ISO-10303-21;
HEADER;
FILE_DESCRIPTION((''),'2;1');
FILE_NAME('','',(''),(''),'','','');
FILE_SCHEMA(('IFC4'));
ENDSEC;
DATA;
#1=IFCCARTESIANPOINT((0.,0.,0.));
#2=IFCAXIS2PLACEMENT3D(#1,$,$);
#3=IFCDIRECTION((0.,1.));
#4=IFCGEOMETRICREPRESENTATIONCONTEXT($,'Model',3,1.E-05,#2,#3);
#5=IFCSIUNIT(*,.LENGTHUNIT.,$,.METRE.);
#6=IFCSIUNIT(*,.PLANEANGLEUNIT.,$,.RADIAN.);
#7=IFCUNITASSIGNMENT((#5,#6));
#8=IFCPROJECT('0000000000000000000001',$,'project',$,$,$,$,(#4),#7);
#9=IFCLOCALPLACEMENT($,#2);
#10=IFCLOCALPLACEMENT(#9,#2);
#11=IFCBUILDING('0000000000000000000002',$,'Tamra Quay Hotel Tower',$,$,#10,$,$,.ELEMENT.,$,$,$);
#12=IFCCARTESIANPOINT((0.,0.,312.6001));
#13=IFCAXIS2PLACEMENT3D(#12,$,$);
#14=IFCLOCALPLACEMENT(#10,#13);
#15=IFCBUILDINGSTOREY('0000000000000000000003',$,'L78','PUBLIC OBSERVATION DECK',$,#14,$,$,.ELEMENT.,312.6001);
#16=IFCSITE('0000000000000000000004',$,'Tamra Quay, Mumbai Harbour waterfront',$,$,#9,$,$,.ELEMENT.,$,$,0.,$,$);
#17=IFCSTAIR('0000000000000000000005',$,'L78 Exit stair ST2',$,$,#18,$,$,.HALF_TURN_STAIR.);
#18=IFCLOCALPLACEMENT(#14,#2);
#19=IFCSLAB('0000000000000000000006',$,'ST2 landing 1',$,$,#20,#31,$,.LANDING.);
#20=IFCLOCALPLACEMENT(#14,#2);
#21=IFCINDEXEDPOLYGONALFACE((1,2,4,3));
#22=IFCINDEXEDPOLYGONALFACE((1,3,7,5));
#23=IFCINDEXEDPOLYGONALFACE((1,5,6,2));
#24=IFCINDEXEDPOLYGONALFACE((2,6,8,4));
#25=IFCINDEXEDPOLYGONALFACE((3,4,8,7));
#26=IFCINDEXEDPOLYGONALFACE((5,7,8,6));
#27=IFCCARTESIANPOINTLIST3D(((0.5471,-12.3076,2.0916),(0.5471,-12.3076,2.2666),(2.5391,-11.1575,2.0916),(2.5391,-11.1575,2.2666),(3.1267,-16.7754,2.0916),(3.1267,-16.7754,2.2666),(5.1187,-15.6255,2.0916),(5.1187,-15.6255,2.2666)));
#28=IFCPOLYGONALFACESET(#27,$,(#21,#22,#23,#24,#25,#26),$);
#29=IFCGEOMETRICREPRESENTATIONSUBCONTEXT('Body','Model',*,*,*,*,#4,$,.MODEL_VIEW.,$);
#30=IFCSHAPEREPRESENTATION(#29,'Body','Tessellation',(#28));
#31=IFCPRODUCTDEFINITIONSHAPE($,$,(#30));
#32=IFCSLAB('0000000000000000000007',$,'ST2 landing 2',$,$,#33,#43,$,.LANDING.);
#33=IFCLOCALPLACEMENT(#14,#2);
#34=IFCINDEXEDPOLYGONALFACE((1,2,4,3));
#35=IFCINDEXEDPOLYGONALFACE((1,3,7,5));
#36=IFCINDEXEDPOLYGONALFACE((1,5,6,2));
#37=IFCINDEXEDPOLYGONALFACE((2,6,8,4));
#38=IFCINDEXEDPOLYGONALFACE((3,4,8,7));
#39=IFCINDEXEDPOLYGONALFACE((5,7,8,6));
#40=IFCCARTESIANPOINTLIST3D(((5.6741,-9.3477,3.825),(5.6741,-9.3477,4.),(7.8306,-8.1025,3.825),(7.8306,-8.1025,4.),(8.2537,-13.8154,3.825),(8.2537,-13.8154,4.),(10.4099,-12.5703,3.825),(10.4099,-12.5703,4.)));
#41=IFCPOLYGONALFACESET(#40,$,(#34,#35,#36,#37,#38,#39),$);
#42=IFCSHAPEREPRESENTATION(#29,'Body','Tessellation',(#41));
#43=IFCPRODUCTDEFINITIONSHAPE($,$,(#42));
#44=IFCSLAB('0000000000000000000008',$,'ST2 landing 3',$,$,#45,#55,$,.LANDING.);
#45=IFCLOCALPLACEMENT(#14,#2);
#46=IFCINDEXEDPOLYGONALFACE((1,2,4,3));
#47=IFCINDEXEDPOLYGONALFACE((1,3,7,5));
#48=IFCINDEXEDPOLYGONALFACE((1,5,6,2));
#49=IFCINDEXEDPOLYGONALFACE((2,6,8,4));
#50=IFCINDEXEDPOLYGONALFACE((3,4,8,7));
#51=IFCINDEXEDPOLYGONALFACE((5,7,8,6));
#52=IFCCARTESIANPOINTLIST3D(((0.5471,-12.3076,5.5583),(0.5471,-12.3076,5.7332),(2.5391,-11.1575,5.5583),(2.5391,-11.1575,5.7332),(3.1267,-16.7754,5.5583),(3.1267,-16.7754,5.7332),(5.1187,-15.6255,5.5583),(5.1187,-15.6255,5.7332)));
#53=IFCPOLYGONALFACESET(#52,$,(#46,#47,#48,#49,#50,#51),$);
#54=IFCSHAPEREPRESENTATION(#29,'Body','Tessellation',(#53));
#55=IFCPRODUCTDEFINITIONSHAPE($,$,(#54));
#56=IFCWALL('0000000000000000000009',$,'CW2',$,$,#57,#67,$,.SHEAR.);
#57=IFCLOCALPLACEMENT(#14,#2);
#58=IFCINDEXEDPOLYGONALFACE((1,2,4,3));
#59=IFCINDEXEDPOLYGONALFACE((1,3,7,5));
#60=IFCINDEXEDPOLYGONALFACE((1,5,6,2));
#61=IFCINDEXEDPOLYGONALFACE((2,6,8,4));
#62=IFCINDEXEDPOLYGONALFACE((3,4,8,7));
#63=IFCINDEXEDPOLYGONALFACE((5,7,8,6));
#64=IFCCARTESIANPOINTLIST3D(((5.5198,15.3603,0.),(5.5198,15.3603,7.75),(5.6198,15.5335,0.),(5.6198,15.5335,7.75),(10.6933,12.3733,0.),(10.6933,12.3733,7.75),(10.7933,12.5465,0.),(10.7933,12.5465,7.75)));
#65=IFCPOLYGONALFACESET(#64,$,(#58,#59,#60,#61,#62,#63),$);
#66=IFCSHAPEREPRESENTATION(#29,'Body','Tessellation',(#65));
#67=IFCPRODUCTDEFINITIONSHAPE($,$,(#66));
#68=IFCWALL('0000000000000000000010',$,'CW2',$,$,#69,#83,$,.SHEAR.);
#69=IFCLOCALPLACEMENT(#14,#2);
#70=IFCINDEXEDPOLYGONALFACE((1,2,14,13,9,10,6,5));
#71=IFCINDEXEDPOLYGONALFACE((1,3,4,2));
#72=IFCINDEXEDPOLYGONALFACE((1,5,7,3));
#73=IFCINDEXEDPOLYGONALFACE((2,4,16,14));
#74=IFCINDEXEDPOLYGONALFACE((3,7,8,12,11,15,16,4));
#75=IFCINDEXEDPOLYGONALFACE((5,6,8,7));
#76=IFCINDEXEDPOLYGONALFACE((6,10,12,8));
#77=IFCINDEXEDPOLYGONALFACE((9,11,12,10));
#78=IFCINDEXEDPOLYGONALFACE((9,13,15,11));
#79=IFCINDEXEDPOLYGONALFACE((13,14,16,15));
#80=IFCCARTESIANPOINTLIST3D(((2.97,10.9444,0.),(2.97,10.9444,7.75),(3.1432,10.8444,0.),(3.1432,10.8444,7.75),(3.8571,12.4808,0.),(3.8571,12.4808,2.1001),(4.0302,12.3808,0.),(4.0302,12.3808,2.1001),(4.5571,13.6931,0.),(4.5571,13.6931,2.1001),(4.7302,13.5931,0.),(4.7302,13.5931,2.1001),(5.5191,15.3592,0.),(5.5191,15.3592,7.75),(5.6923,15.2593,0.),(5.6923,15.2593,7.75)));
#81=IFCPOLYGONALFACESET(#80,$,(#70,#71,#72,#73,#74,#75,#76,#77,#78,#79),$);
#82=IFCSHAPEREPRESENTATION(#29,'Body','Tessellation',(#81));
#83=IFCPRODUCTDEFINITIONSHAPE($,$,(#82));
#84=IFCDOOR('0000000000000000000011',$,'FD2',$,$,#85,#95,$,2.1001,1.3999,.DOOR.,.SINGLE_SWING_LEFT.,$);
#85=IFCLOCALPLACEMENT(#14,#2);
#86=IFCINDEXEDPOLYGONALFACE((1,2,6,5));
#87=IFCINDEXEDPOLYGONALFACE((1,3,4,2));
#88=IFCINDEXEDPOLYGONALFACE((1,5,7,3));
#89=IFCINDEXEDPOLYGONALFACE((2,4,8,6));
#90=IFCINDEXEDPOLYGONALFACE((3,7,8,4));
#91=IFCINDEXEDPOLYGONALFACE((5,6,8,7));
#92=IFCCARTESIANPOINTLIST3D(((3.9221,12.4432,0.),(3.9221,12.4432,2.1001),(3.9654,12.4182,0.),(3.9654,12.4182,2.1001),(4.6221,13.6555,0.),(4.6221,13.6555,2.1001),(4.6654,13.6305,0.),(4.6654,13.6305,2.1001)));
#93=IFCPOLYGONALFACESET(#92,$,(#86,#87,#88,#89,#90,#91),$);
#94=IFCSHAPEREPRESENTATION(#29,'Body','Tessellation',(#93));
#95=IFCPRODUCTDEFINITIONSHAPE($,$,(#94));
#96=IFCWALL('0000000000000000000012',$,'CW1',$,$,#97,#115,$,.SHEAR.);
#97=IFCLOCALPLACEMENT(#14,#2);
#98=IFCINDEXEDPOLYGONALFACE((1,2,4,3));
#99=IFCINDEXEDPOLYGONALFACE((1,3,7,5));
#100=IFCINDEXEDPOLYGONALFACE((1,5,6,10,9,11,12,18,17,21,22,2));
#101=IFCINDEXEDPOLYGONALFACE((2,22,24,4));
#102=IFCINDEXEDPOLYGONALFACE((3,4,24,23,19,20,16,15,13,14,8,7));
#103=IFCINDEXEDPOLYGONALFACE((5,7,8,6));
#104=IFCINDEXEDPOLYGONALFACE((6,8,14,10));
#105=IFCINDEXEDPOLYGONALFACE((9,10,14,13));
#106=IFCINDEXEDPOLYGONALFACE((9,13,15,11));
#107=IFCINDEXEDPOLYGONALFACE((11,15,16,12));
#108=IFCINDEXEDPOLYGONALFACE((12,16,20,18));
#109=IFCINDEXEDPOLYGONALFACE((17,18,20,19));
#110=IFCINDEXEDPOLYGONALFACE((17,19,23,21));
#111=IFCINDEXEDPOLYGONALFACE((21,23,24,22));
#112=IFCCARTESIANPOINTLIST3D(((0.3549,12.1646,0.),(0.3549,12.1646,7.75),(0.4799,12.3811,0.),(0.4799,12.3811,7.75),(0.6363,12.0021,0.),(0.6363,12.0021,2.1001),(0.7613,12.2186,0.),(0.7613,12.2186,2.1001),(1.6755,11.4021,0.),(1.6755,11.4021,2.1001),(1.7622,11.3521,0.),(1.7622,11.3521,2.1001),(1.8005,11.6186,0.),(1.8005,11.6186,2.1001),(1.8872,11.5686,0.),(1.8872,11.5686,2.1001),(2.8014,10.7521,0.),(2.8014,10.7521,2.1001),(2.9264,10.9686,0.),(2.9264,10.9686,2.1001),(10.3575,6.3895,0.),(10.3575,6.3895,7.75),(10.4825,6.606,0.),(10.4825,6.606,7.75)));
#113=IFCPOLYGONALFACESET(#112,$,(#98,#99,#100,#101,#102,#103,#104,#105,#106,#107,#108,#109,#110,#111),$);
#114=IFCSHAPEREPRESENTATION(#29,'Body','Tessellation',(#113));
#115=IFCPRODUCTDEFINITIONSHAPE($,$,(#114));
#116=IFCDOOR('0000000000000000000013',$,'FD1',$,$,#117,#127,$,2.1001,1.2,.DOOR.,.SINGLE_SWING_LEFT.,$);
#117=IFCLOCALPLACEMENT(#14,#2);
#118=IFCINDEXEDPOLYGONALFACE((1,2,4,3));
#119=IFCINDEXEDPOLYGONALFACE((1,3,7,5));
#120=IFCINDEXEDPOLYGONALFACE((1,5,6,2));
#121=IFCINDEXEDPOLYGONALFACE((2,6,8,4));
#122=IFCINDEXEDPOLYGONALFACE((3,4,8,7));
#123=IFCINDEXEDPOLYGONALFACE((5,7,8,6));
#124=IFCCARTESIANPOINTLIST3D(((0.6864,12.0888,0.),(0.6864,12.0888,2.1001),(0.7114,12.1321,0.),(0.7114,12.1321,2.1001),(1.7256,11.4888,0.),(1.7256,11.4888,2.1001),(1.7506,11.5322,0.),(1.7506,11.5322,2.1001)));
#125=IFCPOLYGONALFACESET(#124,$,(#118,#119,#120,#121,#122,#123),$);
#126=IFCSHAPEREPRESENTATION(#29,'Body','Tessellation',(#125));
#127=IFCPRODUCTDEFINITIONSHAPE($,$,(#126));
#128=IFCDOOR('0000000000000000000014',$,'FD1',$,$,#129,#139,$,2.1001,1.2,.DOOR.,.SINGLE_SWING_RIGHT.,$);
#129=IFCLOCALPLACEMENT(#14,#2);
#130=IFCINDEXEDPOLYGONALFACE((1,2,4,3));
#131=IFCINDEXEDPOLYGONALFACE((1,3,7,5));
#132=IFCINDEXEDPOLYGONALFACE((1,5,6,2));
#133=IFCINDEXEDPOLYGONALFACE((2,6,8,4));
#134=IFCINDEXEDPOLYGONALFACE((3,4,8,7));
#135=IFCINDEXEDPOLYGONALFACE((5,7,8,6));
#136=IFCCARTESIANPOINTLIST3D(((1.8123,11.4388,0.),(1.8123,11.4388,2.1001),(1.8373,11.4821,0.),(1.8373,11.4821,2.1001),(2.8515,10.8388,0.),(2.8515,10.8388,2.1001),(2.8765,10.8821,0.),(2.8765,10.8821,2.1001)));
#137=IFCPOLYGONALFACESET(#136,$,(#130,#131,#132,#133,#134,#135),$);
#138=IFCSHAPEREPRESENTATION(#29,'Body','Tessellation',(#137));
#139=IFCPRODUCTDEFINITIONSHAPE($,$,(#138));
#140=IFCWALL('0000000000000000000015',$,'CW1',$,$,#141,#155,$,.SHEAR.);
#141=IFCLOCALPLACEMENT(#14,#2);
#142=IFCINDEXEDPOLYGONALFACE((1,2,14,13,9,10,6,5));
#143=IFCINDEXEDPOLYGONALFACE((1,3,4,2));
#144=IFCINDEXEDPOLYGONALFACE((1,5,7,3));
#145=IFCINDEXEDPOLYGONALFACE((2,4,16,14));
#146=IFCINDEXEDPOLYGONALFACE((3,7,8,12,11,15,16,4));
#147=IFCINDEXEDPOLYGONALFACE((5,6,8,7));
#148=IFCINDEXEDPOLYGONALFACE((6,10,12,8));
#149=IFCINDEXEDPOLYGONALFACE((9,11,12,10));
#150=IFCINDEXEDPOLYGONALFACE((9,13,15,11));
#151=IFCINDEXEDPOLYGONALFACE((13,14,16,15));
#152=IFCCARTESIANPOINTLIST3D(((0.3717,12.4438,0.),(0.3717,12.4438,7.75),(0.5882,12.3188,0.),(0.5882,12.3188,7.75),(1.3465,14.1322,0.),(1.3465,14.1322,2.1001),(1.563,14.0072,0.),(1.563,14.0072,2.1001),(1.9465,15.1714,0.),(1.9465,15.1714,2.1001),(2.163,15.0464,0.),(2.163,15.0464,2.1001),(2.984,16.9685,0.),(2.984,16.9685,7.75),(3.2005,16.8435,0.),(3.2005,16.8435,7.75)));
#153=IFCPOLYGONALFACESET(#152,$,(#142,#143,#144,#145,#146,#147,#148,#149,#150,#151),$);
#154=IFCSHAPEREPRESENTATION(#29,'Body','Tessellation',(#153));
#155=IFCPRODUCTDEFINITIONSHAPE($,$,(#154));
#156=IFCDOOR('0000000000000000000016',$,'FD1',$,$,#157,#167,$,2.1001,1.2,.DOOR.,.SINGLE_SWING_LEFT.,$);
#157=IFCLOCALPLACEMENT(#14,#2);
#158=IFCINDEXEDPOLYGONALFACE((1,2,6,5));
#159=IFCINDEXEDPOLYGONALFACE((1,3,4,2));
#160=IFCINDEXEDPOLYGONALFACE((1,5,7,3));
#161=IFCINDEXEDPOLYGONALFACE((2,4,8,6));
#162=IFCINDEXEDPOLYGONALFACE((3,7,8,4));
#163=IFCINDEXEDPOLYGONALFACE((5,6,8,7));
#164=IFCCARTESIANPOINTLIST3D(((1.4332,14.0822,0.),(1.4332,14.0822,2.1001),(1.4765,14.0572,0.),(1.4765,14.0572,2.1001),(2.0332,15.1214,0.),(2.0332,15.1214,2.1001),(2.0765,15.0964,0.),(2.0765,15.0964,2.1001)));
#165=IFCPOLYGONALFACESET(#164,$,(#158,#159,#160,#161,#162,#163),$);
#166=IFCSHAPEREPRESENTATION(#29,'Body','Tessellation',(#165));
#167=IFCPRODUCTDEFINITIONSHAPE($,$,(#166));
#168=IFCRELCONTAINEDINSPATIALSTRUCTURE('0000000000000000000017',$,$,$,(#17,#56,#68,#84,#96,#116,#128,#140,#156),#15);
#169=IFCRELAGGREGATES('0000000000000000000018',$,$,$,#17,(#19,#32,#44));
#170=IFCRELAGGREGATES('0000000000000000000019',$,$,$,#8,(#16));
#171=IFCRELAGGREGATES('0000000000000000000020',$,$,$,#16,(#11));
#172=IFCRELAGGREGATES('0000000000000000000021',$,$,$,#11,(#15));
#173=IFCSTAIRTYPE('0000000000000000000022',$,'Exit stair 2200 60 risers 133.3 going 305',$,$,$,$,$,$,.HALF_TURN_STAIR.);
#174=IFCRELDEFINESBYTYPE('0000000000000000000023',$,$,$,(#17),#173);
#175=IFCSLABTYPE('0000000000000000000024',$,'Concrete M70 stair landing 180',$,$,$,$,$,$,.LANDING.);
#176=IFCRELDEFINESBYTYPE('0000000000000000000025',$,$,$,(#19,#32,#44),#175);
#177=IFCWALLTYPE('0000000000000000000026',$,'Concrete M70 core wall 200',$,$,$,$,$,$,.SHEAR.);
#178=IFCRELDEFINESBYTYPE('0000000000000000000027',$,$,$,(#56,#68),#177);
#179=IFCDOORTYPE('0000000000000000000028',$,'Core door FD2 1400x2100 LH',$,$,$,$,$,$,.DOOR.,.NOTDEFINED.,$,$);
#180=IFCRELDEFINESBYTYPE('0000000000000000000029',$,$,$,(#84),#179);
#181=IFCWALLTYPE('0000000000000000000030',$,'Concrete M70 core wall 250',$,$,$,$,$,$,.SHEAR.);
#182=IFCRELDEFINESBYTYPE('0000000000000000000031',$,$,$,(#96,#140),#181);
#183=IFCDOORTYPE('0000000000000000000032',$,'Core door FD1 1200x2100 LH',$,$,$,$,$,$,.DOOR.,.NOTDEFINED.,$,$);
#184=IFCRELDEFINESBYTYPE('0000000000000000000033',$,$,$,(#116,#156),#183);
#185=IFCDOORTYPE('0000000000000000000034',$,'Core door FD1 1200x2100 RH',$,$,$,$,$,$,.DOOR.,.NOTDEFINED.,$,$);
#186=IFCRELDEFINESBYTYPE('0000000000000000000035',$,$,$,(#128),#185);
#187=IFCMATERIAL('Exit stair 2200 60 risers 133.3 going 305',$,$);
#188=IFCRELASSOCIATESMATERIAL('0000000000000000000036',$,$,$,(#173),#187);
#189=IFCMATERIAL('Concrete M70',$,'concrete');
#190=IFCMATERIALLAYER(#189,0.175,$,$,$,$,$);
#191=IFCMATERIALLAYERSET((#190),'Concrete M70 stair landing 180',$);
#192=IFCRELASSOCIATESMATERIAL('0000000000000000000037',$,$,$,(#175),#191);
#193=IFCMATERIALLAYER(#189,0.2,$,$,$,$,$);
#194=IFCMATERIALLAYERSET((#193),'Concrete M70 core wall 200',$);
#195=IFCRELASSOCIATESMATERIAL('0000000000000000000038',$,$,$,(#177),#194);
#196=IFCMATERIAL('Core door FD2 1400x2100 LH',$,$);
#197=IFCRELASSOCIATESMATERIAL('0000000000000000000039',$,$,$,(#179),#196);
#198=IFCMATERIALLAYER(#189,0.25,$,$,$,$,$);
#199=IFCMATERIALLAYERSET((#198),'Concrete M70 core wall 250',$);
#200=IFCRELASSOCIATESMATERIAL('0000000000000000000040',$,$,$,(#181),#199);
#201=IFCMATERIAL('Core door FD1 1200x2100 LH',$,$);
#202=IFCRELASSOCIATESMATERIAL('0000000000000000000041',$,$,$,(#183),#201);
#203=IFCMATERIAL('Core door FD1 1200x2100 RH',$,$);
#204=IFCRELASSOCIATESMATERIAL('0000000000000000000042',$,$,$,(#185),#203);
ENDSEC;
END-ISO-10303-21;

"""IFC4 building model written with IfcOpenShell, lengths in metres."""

from ifc_helpers import new_model, si_unit, direction, frame, frame_2d, origin, place, context, subcontext, project, spatial, polyline, rectangle, outline, extrude, material, layer, layer_set, type_object, element, fill, aggregate, save


model = new_model("IFC4")

# Units and contexts
model_context = context("Model", 3, precision=1e-05, world=origin(), true_north=direction((0.0, 1.0)))
body_context = subcontext(model_context, "Body", "Model", "MODEL_VIEW")
ifc_project = project(units=[si_unit("LENGTHUNIT", "METRE"), si_unit("PLANEANGLEUNIT", "RADIAN")], contexts=[model_context])

# Site, building, storey
site_placement = place(None, origin())
site = spatial("IfcSite", under=ifc_project, at=site_placement, Name="Tamra Quay, Mumbai Harbour waterfront", CompositionType="ELEMENT", RefElevation=0.0)
building_placement = place(site_placement, origin())
building = spatial("IfcBuilding", under=site, at=building_placement, Name="Tamra Quay Hotel Tower", CompositionType="ELEMENT")
storey_placement = place(building_placement, frame((0.0, 0.0, 312.6001)))
storey = spatial("IfcBuildingStorey", under=building, at=storey_placement, Name="L78", Description="PUBLIC OBSERVATION DECK", CompositionType="ELEMENT", Elevation=312.6001)

# Stair, slabs
ifc_material_1 = material(Name="Exit stair 2200 60 risers 133.3 going 305")
stair_type = type_object("IfcStairType", Name="Exit stair 2200 60 risers 133.3 going 305", PredefinedType="HALF_TURN_STAIR", material=ifc_material_1)
stair_1_placement = place(storey_placement, origin())
stair_1 = element("IfcStair", 1, at=stair_1_placement, inside=storey, type_object=stair_type, Name="L78 Exit stair ST2", PredefinedType="HALF_TURN_STAIR")
ifc_material_2 = material(Name="Concrete M70", Category="concrete")
ifc_layer_1 = layer(ifc_material_2, 0.175)
ifc_layer_set_1 = layer_set([ifc_layer_1], Name="Concrete M70 stair landing 180")
slab_type = type_object("IfcSlabType", Name="Concrete M70 stair landing 180", PredefinedType="LANDING", material=ifc_layer_set_1)
slab_1_placement = place(storey_placement, frame((0.0, 0.0, 2.0916)))
slab_1 = element("IfcSlab", 2, at=slab_1_placement, type_object=slab_type, Name="ST2 landing 1", PredefinedType="LANDING", context=body_context, shape_type="SweptSolid", body=[
    extrude(outline(polyline([(2.5391, -11.1575), (0.5471, -12.3076), (3.1267, -16.7754), (5.1187, -15.6255), (2.5391, -11.1575)])), origin(), (0.0, 0.0, 1.0), 0.175),
])
slab_2_placement = place(storey_placement, frame((0.0, 0.0, 3.825)))
slab_2 = element("IfcSlab", 3, at=slab_2_placement, type_object=slab_type, Name="ST2 landing 2", PredefinedType="LANDING", context=body_context, shape_type="SweptSolid", body=[
    extrude(outline(polyline([(7.8306, -8.1025), (5.6741, -9.3477), (8.2537, -13.8154), (10.4099, -12.5703), (7.8306, -8.1025)])), origin(), (0.0, 0.0, 1.0), 0.175),
])
slab_3_placement = place(storey_placement, frame((0.0, 0.0, 5.5583)))
slab_3 = element("IfcSlab", 4, at=slab_3_placement, type_object=slab_type, Name="ST2 landing 3", PredefinedType="LANDING", context=body_context, shape_type="SweptSolid", body=[
    extrude(outline(polyline([(2.5391, -11.1575), (0.5471, -12.3076), (3.1267, -16.7754), (5.1187, -15.6255), (2.5391, -11.1575)])), origin(), (0.0, 0.0, 1.0), 0.1748),
])
aggregate(stair_1, [slab_1, slab_2, slab_3])

# Wall
ifc_layer_2 = layer(ifc_material_2, 0.2)
ifc_layer_set_2 = layer_set([ifc_layer_2], Name="Concrete M70 core wall 200")
wall_type_1 = type_object("IfcWallType", Name="Concrete M70 core wall 200", PredefinedType="SHEAR", material=ifc_layer_set_2)
wall_1_placement = place(storey_placement, frame((10.7432, 12.46, 0.0), z_axis=(0.0, 0.0, 1.0), x_axis=(-0.866019, 0.500011, 0.0)))
element("IfcWall", 5, at=wall_1_placement, inside=storey, type_object=wall_type_1, Name="CW2", PredefinedType="SHEAR", context=body_context, shape_type="SweptSolid", body=[
    extrude(rectangle(XDim=5.9739, YDim=0.2, at=frame_2d((2.9868, 0.0))), origin(), (0.0, 0.0, 1.0), 7.75),
])

# Wall, opening, door
wall_2_placement = place(storey_placement, frame((3.0566, 10.8945, 0.0), z_axis=(0.0, 0.0, 1.0), x_axis=(0.500028, 0.866009, 0.0)))
wall_2 = element("IfcWall", 6, at=wall_2_placement, inside=storey, type_object=wall_type_1, Name="CW2", PredefinedType="SHEAR", context=body_context, shape_type="SweptSolid", body=[
    extrude(rectangle(XDim=5.0979, YDim=0.2, at=frame_2d((2.5488, 0.0))), origin(), (0.0, 0.0, 1.0), 7.75),
])
opening_1_placement = place(wall_2_placement, frame((1.7739, 0.0, 0.0)))
opening_1 = element("IfcOpeningElement", 7, at=opening_1_placement, cuts=wall_2, PredefinedType="OPENING", context=body_context, shape_type="SweptSolid", body=[
    extrude(rectangle(XDim=1.3999, YDim=2.1001, at=frame_2d((0.7, 1.05))), frame((0.0, 0.1099, 0.0), z_axis=(0.0, -1.0, 0.0), x_axis=(1.0, 0.0, 0.0)), (0.0, 0.0, 1.0), 0.22),
])
ifc_material_3 = material(Name="Core door FD2 1400x2100 LH")
door_type_1 = type_object("IfcDoorType", Name="Core door FD2 1400x2100 LH", OperationType="NOTDEFINED", PredefinedType="DOOR", material=ifc_material_3)
door_1_placement = place(opening_1_placement, origin())
door_1 = element("IfcDoor", 8, at=door_1_placement, inside=storey, type_object=door_type_1, Name="FD2", OperationType="SINGLE_SWING_LEFT", OverallHeight=2.1001, OverallWidth=1.3999, PredefinedType="DOOR", context=body_context, shape_type="SweptSolid", body=[
    extrude(rectangle(XDim=1.3999, YDim=2.1001, at=frame_2d((0.7, 1.05))), frame((0.0, 0.0249, 0.0), z_axis=(0.0, -1.0, 0.0), x_axis=(1.0, 0.0, 0.0)), (0.0, 0.0, 1.0), 0.05),
])
fill(opening_1, door_1)

# Wall, openings, doors
ifc_layer_3 = layer(ifc_material_2, 0.25)
ifc_layer_set_3 = layer_set([ifc_layer_3], Name="Concrete M70 core wall 250")
wall_type_2 = type_object("IfcWallType", Name="Concrete M70 core wall 250", PredefinedType="SHEAR", material=ifc_layer_set_3)
wall_3_placement = place(storey_placement, frame((10.4199, 6.4978, 0.0), z_axis=(0.0, 0.0, 1.0), x_axis=(-0.866022, 0.500006, 0.0)))
wall_3 = element("IfcWall", 9, at=wall_3_placement, inside=storey, type_object=wall_type_2, Name="CW1", PredefinedType="SHEAR", context=body_context, shape_type="SweptSolid", body=[
    extrude(rectangle(XDim=11.55, YDim=0.25, at=frame_2d((5.7749, 0.0))), origin(), (0.0, 0.0, 1.0), 7.75),
])
opening_2_placement = place(wall_3_placement, frame((10.0249, 0.0, 0.0)))
opening_2 = element("IfcOpeningElement", 10, at=opening_2_placement, cuts=wall_3, PredefinedType="OPENING", context=body_context, shape_type="SweptSolid", body=[
    extrude(rectangle(XDim=1.2, YDim=2.1001, at=frame_2d((0.6001, 1.05))), frame((0.0, 0.135, 0.0), z_axis=(0.0, -1.0, 0.0), x_axis=(1.0, 0.0, 0.0)), (0.0, 0.0, 1.0), 0.27),
])
opening_3_placement = place(wall_3_placement, frame((8.7249, 0.0, 0.0)))
opening_3 = element("IfcOpeningElement", 11, at=opening_3_placement, cuts=wall_3, PredefinedType="OPENING", context=body_context, shape_type="SweptSolid", body=[
    extrude(rectangle(XDim=1.2, YDim=2.1001, at=frame_2d((0.6001, 1.05))), frame((0.0, 0.135, 0.0), z_axis=(0.0, -1.0, 0.0), x_axis=(1.0, 0.0, 0.0)), (0.0, 0.0, 1.0), 0.27),
])
ifc_material_4 = material(Name="Core door FD1 1200x2100 LH")
door_type_2 = type_object("IfcDoorType", Name="Core door FD1 1200x2100 LH", OperationType="NOTDEFINED", PredefinedType="DOOR", material=ifc_material_4)
door_2_placement = place(opening_2_placement, origin())
door_2 = element("IfcDoor", 12, at=door_2_placement, inside=storey, type_object=door_type_2, Name="FD1", OperationType="SINGLE_SWING_LEFT", OverallHeight=2.1001, OverallWidth=1.2, PredefinedType="DOOR", context=body_context, shape_type="SweptSolid", body=[
    extrude(rectangle(XDim=1.2, YDim=2.1001, at=frame_2d((0.6001, 1.05))), frame((0.0, 0.0249, 0.0), z_axis=(0.0, -1.0, 0.0), x_axis=(1.0, 0.0, 0.0)), (0.0, 0.0, 1.0), 0.05),
])
fill(opening_2, door_2)
ifc_material_5 = material(Name="Core door FD1 1200x2100 RH")
door_type_3 = type_object("IfcDoorType", Name="Core door FD1 1200x2100 RH", OperationType="NOTDEFINED", PredefinedType="DOOR", material=ifc_material_5)
door_3_placement = place(opening_3_placement, origin())
door_3 = element("IfcDoor", 13, at=door_3_placement, inside=storey, type_object=door_type_3, Name="FD1", OperationType="SINGLE_SWING_RIGHT", OverallHeight=2.1001, OverallWidth=1.2, PredefinedType="DOOR", context=body_context, shape_type="SweptSolid", body=[
    extrude(rectangle(XDim=1.2, YDim=2.1001, at=frame_2d((0.6001, 1.05))), frame((0.0, 0.0249, 0.0), z_axis=(0.0, -1.0, 0.0), x_axis=(1.0, 0.0, 0.0)), (0.0, 0.0, 1.0), 0.05),
])
fill(opening_3, door_3)

# Wall, opening, door
wall_4_placement = place(storey_placement, frame((0.48, 12.3813, 0.0), z_axis=(0.0, 0.0, 1.0), x_axis=(0.499999, 0.866026, 0.0)))
wall_4 = element("IfcWall", 14, at=wall_4_placement, inside=storey, type_object=wall_type_2, Name="CW1", PredefinedType="SHEAR", context=body_context, shape_type="SweptSolid", body=[
    extrude(rectangle(XDim=5.2246, YDim=0.25, at=frame_2d((2.6123, 0.0))), origin(), (0.0, 0.0, 1.0), 7.75),
])
opening_4_placement = place(wall_4_placement, frame((1.9495, 0.0, 0.0)))
opening_4 = element("IfcOpeningElement", 15, at=opening_4_placement, cuts=wall_4, PredefinedType="OPENING", context=body_context, shape_type="SweptSolid", body=[
    extrude(rectangle(XDim=1.2, YDim=2.1001, at=frame_2d((0.6001, 1.05))), frame((0.0, 0.135, 0.0), z_axis=(0.0, -1.0, 0.0), x_axis=(1.0, 0.0, 0.0)), (0.0, 0.0, 1.0), 0.27),
])
door_4_placement = place(opening_4_placement, origin())
door_4 = element("IfcDoor", 16, at=door_4_placement, inside=storey, type_object=door_type_2, Name="FD1", OperationType="SINGLE_SWING_LEFT", OverallHeight=2.1001, OverallWidth=1.2, PredefinedType="DOOR", context=body_context, shape_type="SweptSolid", body=[
    extrude(rectangle(XDim=1.2, YDim=2.1001, at=frame_2d((0.6001, 1.05))), frame((0.0, 0.0249, 0.0), z_axis=(0.0, -1.0, 0.0), x_axis=(1.0, 0.0, 0.0)), (0.0, 0.0, 1.0), 0.05),
])
fill(opening_4, door_4)

save(model, "model.ifc")
